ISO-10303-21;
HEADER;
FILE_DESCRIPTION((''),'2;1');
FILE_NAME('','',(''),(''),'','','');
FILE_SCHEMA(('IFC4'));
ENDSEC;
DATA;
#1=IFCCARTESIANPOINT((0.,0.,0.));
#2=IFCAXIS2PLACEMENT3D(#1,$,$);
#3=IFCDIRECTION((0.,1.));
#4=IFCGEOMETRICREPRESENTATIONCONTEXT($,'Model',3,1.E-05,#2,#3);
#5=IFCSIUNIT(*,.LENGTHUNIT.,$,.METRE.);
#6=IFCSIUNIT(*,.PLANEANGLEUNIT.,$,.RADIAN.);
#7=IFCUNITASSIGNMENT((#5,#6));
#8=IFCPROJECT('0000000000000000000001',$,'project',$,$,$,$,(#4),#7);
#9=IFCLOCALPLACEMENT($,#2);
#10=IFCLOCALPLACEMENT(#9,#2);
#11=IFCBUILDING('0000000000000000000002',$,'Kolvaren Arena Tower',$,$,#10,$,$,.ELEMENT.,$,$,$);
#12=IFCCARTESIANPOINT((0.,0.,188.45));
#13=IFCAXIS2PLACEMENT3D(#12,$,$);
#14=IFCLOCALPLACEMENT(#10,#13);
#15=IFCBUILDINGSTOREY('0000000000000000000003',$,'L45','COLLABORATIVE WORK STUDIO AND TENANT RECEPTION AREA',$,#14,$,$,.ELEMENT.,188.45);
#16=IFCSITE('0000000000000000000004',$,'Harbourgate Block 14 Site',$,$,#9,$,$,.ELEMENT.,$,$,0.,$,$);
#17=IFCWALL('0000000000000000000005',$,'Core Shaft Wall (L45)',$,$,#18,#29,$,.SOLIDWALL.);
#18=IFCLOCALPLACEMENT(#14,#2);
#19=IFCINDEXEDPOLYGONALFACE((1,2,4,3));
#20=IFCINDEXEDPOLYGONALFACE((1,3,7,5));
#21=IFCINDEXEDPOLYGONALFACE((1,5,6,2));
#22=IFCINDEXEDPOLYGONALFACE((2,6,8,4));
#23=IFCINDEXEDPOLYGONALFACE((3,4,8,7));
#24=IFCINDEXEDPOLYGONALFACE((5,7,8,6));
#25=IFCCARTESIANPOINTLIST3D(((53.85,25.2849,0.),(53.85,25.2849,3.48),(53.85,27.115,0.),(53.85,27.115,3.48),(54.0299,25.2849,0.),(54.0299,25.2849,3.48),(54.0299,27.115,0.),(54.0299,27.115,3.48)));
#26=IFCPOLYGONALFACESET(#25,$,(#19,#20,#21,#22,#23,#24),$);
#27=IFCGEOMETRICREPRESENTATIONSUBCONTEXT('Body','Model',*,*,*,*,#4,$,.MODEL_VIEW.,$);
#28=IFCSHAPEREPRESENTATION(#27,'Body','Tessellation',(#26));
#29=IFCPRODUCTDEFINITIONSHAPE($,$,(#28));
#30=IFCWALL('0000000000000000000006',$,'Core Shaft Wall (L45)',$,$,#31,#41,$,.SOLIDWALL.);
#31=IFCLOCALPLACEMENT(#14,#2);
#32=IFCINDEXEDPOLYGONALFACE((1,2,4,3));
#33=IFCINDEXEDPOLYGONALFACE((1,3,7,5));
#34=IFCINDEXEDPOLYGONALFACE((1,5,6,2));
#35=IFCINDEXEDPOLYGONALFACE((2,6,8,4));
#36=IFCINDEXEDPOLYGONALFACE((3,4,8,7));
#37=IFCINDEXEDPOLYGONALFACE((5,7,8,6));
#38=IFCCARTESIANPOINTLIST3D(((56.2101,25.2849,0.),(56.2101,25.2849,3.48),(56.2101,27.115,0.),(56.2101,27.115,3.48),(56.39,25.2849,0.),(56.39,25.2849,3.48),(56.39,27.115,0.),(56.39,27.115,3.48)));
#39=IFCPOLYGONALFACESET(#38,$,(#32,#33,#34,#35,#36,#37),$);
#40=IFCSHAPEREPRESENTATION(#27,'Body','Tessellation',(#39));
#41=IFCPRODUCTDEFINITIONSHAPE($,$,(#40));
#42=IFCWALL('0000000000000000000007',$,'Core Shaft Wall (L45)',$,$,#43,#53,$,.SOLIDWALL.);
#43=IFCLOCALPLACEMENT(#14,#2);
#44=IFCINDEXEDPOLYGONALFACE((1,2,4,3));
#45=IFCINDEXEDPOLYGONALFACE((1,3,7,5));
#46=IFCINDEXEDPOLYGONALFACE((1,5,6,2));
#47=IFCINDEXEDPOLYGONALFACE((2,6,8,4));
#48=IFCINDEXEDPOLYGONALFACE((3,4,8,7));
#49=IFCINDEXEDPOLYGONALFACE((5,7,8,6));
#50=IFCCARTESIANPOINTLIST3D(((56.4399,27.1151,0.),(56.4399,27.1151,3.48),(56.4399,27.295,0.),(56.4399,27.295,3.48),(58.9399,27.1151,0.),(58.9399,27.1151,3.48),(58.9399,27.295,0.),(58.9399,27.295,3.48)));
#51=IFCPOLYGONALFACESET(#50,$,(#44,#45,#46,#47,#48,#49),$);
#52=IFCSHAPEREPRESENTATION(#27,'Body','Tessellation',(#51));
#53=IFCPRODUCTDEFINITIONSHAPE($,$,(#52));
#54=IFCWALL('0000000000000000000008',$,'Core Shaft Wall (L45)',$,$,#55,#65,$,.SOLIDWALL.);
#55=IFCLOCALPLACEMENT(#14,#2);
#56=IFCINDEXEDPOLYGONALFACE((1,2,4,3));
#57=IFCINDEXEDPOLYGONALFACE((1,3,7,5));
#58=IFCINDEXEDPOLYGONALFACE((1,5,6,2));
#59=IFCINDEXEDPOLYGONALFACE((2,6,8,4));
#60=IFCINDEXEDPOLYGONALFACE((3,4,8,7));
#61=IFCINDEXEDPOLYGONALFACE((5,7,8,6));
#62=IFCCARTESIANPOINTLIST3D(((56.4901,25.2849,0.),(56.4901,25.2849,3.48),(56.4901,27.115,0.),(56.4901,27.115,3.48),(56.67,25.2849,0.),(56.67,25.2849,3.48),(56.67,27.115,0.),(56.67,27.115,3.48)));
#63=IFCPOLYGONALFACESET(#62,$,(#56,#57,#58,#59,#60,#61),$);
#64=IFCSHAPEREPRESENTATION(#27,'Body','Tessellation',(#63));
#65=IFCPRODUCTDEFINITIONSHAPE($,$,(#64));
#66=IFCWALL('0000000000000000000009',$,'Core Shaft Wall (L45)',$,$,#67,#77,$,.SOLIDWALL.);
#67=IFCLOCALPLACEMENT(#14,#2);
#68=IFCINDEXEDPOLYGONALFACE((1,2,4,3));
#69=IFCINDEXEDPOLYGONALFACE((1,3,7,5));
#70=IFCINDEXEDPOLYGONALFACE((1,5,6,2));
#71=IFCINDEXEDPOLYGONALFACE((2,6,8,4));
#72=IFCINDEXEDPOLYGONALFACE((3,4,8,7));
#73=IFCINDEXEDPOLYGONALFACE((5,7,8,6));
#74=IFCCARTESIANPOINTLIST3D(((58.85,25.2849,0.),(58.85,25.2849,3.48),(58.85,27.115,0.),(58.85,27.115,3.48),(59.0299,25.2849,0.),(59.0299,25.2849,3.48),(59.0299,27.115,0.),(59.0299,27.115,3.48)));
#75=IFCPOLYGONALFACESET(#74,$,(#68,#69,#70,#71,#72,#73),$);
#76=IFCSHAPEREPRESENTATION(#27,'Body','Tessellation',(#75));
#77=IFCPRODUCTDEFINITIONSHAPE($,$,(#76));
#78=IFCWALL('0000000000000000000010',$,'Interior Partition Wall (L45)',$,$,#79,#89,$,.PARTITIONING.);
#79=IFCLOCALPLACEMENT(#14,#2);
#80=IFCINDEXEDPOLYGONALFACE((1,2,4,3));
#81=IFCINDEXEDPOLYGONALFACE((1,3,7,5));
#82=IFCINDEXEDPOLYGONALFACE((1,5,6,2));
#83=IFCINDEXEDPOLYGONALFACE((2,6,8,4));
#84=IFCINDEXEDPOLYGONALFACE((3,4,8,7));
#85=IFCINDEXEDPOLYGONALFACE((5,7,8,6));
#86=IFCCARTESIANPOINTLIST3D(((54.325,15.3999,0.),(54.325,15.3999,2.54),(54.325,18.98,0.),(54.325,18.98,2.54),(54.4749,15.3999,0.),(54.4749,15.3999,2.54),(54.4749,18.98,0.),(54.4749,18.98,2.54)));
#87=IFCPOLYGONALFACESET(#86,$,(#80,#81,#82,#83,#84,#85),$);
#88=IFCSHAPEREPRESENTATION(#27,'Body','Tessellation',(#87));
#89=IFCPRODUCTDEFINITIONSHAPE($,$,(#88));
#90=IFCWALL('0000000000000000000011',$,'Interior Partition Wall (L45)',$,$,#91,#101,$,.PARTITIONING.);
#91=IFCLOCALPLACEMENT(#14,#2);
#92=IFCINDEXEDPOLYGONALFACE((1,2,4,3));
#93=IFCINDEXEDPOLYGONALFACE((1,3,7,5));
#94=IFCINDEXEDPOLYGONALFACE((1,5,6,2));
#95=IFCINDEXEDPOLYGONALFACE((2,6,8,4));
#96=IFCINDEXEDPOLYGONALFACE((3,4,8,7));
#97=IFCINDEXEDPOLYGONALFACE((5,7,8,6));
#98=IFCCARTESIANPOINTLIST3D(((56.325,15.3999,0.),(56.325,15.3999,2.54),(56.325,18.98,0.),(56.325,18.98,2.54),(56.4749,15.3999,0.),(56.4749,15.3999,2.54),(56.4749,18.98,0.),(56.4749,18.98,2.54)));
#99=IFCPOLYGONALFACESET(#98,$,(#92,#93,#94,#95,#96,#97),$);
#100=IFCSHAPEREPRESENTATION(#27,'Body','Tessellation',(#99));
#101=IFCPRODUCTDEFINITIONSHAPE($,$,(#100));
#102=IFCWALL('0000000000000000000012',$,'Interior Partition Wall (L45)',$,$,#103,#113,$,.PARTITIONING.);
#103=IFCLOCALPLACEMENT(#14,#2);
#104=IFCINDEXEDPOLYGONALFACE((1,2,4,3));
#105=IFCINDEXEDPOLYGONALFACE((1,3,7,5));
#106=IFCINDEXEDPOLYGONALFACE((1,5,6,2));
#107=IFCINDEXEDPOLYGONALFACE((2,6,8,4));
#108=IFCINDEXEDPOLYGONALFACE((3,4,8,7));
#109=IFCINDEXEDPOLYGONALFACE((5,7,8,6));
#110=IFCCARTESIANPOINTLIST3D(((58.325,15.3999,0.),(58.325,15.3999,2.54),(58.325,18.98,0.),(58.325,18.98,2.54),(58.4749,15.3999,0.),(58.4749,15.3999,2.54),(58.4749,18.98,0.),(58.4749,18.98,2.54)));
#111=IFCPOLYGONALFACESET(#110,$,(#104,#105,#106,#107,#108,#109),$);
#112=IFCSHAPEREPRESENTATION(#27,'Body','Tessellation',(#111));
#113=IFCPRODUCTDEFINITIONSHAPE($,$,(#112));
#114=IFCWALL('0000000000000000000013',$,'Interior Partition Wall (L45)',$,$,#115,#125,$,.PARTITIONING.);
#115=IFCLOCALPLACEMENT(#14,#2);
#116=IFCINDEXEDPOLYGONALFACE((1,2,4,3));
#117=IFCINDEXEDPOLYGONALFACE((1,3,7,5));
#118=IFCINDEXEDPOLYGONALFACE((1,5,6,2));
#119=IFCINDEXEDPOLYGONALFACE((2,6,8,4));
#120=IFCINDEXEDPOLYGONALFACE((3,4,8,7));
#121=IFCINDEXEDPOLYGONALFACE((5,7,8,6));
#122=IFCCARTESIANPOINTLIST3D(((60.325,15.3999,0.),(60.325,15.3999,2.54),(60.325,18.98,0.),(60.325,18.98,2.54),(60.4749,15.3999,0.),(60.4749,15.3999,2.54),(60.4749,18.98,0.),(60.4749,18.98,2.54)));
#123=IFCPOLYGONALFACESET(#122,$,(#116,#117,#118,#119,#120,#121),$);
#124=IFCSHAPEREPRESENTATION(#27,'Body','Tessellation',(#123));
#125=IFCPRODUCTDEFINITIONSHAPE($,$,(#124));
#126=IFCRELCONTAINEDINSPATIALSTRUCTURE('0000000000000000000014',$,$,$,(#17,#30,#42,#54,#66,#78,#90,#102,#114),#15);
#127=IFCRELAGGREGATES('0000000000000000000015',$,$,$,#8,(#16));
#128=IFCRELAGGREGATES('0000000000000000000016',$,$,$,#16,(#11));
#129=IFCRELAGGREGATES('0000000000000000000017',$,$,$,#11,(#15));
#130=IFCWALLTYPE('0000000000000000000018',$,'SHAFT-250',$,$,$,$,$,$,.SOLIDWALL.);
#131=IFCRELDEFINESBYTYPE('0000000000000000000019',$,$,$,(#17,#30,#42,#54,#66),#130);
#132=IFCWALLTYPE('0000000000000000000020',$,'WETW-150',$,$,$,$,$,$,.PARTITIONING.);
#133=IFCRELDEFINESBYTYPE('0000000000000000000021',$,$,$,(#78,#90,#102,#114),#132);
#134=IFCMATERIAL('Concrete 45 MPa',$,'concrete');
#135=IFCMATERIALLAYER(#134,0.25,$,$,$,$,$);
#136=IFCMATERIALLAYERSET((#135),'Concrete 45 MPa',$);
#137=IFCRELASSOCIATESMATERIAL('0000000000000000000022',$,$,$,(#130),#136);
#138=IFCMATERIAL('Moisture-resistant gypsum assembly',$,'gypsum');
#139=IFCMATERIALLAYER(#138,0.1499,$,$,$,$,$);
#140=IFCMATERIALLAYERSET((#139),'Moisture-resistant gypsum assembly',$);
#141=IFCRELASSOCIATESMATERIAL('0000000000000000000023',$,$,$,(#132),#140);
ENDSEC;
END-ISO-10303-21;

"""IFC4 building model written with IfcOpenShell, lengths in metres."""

from ifc_helpers import new_model, si_unit, direction, frame, frame_2d, origin, place, context, subcontext, project, spatial, rectangle, extrude, material, layer, layer_set, type_object, element, save


model = new_model("IFC4")

# Units and contexts
model_context = context("Model", 3, precision=1e-05, world=origin(), true_north=direction((0.0, 1.0)))
body_context = subcontext(model_context, "Body", "Model", "MODEL_VIEW")
ifc_project = project(units=[si_unit("LENGTHUNIT", "METRE"), si_unit("PLANEANGLEUNIT", "RADIAN")], contexts=[model_context])

# Site, building, storey
site_placement = place(None, origin())
site = spatial("IfcSite", under=ifc_project, at=site_placement, Name="Harbourgate Block 14 Site", CompositionType="ELEMENT", RefElevation=0.0)
building_placement = place(site_placement, origin())
building = spatial("IfcBuilding", under=site, at=building_placement, Name="Kolvaren Arena Tower", CompositionType="ELEMENT")
storey_placement = place(building_placement, frame((0.0, 0.0, 188.45)))
storey = spatial("IfcBuildingStorey", under=building, at=storey_placement, Name="L45", Description="COLLABORATIVE WORK STUDIO AND TENANT RECEPTION AREA", CompositionType="ELEMENT", Elevation=188.45)

# Walls
ifc_material_1 = material(Name="Concrete 45 MPa", Category="concrete")
ifc_layer_1 = layer(ifc_material_1, 0.25)
ifc_layer_set_1 = layer_set([ifc_layer_1], Name="Concrete 45 MPa")
wall_type_1 = type_object("IfcWallType", Name="SHAFT-250", PredefinedType="SOLIDWALL", material=ifc_layer_set_1)
for number, where, z_axis, x_axis, name in (
    (1, (53.9399, 25.2849, 0.0), (0.0, 0.0, 1.0), (0.0, 1.0, 0.0), "Core Shaft Wall (L45)"),
    (2, (56.3, 25.2849, 0.0), (0.0, 0.0, 1.0), (0.0, 1.0, 0.0), "Core Shaft Wall (L45)"),
):
    element("IfcWall", number, at=place(storey_placement, frame(where, z_axis=z_axis, x_axis=x_axis)), inside=storey, type_object=wall_type_1, Name=name, PredefinedType="SOLIDWALL", context=body_context, shape_type="SweptSolid", body=[
        extrude(rectangle(XDim=1.8301, YDim=0.1799, at=frame_2d((0.915, 0.0))), origin(), (0.0, 0.0, 1.0), 3.48),
    ])
wall_1_placement = place(storey_placement, frame((56.4399, 27.2051, 0.0), z_axis=(0.0, 0.0, 1.0), x_axis=(1.0, 0.0, 0.0)))
element("IfcWall", 3, at=wall_1_placement, inside=storey, type_object=wall_type_1, Name="Core Shaft Wall (L45)", PredefinedType="SOLIDWALL", context=body_context, shape_type="SweptSolid", body=[
    extrude(rectangle(XDim=2.5, YDim=0.1799, at=frame_2d((1.25, 0.0))), origin(), (0.0, 0.0, 1.0), 3.48),
])
for number, where, z_axis, x_axis, name in (
    (4, (56.5801, 25.2849, 0.0), (0.0, 0.0, 1.0), (0.0, 1.0, 0.0), "Core Shaft Wall (L45)"),
    (5, (58.9399, 25.2849, 0.0), (0.0, 0.0, 1.0), (0.0, 1.0, 0.0), "Core Shaft Wall (L45)"),
):
    element("IfcWall", number, at=place(storey_placement, frame(where, z_axis=z_axis, x_axis=x_axis)), inside=storey, type_object=wall_type_1, Name=name, PredefinedType="SOLIDWALL", context=body_context, shape_type="SweptSolid", body=[
        extrude(rectangle(XDim=1.8301, YDim=0.1799, at=frame_2d((0.915, 0.0))), origin(), (0.0, 0.0, 1.0), 3.48),
    ])
ifc_material_2 = material(Name="Moisture-resistant gypsum assembly", Category="gypsum")
ifc_layer_2 = layer(ifc_material_2, 0.1499)
ifc_layer_set_2 = layer_set([ifc_layer_2], Name="Moisture-resistant gypsum assembly")
wall_type_2 = type_object("IfcWallType", Name="WETW-150", PredefinedType="PARTITIONING", material=ifc_layer_set_2)
for number, where, z_axis, x_axis, name in (
    (6, (54.3999, 15.3999, 0.0), (0.0, 0.0, 1.0), (0.0, 1.0, 0.0), "Interior Partition Wall (L45)"),
    (7, (56.3999, 15.3999, 0.0), (0.0, 0.0, 1.0), (0.0, 1.0, 0.0), "Interior Partition Wall (L45)"),
    (8, (58.3999, 15.3999, 0.0), (0.0, 0.0, 1.0), (0.0, 1.0, 0.0), "Interior Partition Wall (L45)"),
    (9, (60.3999, 15.3999, 0.0), (0.0, 0.0, 1.0), (0.0, 1.0, 0.0), "Interior Partition Wall (L45)"),
):
    element("IfcWall", number, at=place(storey_placement, frame(where, z_axis=z_axis, x_axis=x_axis)), inside=storey, type_object=wall_type_2, Name=name, PredefinedType="PARTITIONING", context=body_context, shape_type="SweptSolid", body=[
        extrude(rectangle(XDim=3.5801, YDim=0.1499, at=frame_2d((1.79, 0.0))), origin(), (0.0, 0.0, 1.0), 2.54),
    ])

save(model, "model.ifc")
